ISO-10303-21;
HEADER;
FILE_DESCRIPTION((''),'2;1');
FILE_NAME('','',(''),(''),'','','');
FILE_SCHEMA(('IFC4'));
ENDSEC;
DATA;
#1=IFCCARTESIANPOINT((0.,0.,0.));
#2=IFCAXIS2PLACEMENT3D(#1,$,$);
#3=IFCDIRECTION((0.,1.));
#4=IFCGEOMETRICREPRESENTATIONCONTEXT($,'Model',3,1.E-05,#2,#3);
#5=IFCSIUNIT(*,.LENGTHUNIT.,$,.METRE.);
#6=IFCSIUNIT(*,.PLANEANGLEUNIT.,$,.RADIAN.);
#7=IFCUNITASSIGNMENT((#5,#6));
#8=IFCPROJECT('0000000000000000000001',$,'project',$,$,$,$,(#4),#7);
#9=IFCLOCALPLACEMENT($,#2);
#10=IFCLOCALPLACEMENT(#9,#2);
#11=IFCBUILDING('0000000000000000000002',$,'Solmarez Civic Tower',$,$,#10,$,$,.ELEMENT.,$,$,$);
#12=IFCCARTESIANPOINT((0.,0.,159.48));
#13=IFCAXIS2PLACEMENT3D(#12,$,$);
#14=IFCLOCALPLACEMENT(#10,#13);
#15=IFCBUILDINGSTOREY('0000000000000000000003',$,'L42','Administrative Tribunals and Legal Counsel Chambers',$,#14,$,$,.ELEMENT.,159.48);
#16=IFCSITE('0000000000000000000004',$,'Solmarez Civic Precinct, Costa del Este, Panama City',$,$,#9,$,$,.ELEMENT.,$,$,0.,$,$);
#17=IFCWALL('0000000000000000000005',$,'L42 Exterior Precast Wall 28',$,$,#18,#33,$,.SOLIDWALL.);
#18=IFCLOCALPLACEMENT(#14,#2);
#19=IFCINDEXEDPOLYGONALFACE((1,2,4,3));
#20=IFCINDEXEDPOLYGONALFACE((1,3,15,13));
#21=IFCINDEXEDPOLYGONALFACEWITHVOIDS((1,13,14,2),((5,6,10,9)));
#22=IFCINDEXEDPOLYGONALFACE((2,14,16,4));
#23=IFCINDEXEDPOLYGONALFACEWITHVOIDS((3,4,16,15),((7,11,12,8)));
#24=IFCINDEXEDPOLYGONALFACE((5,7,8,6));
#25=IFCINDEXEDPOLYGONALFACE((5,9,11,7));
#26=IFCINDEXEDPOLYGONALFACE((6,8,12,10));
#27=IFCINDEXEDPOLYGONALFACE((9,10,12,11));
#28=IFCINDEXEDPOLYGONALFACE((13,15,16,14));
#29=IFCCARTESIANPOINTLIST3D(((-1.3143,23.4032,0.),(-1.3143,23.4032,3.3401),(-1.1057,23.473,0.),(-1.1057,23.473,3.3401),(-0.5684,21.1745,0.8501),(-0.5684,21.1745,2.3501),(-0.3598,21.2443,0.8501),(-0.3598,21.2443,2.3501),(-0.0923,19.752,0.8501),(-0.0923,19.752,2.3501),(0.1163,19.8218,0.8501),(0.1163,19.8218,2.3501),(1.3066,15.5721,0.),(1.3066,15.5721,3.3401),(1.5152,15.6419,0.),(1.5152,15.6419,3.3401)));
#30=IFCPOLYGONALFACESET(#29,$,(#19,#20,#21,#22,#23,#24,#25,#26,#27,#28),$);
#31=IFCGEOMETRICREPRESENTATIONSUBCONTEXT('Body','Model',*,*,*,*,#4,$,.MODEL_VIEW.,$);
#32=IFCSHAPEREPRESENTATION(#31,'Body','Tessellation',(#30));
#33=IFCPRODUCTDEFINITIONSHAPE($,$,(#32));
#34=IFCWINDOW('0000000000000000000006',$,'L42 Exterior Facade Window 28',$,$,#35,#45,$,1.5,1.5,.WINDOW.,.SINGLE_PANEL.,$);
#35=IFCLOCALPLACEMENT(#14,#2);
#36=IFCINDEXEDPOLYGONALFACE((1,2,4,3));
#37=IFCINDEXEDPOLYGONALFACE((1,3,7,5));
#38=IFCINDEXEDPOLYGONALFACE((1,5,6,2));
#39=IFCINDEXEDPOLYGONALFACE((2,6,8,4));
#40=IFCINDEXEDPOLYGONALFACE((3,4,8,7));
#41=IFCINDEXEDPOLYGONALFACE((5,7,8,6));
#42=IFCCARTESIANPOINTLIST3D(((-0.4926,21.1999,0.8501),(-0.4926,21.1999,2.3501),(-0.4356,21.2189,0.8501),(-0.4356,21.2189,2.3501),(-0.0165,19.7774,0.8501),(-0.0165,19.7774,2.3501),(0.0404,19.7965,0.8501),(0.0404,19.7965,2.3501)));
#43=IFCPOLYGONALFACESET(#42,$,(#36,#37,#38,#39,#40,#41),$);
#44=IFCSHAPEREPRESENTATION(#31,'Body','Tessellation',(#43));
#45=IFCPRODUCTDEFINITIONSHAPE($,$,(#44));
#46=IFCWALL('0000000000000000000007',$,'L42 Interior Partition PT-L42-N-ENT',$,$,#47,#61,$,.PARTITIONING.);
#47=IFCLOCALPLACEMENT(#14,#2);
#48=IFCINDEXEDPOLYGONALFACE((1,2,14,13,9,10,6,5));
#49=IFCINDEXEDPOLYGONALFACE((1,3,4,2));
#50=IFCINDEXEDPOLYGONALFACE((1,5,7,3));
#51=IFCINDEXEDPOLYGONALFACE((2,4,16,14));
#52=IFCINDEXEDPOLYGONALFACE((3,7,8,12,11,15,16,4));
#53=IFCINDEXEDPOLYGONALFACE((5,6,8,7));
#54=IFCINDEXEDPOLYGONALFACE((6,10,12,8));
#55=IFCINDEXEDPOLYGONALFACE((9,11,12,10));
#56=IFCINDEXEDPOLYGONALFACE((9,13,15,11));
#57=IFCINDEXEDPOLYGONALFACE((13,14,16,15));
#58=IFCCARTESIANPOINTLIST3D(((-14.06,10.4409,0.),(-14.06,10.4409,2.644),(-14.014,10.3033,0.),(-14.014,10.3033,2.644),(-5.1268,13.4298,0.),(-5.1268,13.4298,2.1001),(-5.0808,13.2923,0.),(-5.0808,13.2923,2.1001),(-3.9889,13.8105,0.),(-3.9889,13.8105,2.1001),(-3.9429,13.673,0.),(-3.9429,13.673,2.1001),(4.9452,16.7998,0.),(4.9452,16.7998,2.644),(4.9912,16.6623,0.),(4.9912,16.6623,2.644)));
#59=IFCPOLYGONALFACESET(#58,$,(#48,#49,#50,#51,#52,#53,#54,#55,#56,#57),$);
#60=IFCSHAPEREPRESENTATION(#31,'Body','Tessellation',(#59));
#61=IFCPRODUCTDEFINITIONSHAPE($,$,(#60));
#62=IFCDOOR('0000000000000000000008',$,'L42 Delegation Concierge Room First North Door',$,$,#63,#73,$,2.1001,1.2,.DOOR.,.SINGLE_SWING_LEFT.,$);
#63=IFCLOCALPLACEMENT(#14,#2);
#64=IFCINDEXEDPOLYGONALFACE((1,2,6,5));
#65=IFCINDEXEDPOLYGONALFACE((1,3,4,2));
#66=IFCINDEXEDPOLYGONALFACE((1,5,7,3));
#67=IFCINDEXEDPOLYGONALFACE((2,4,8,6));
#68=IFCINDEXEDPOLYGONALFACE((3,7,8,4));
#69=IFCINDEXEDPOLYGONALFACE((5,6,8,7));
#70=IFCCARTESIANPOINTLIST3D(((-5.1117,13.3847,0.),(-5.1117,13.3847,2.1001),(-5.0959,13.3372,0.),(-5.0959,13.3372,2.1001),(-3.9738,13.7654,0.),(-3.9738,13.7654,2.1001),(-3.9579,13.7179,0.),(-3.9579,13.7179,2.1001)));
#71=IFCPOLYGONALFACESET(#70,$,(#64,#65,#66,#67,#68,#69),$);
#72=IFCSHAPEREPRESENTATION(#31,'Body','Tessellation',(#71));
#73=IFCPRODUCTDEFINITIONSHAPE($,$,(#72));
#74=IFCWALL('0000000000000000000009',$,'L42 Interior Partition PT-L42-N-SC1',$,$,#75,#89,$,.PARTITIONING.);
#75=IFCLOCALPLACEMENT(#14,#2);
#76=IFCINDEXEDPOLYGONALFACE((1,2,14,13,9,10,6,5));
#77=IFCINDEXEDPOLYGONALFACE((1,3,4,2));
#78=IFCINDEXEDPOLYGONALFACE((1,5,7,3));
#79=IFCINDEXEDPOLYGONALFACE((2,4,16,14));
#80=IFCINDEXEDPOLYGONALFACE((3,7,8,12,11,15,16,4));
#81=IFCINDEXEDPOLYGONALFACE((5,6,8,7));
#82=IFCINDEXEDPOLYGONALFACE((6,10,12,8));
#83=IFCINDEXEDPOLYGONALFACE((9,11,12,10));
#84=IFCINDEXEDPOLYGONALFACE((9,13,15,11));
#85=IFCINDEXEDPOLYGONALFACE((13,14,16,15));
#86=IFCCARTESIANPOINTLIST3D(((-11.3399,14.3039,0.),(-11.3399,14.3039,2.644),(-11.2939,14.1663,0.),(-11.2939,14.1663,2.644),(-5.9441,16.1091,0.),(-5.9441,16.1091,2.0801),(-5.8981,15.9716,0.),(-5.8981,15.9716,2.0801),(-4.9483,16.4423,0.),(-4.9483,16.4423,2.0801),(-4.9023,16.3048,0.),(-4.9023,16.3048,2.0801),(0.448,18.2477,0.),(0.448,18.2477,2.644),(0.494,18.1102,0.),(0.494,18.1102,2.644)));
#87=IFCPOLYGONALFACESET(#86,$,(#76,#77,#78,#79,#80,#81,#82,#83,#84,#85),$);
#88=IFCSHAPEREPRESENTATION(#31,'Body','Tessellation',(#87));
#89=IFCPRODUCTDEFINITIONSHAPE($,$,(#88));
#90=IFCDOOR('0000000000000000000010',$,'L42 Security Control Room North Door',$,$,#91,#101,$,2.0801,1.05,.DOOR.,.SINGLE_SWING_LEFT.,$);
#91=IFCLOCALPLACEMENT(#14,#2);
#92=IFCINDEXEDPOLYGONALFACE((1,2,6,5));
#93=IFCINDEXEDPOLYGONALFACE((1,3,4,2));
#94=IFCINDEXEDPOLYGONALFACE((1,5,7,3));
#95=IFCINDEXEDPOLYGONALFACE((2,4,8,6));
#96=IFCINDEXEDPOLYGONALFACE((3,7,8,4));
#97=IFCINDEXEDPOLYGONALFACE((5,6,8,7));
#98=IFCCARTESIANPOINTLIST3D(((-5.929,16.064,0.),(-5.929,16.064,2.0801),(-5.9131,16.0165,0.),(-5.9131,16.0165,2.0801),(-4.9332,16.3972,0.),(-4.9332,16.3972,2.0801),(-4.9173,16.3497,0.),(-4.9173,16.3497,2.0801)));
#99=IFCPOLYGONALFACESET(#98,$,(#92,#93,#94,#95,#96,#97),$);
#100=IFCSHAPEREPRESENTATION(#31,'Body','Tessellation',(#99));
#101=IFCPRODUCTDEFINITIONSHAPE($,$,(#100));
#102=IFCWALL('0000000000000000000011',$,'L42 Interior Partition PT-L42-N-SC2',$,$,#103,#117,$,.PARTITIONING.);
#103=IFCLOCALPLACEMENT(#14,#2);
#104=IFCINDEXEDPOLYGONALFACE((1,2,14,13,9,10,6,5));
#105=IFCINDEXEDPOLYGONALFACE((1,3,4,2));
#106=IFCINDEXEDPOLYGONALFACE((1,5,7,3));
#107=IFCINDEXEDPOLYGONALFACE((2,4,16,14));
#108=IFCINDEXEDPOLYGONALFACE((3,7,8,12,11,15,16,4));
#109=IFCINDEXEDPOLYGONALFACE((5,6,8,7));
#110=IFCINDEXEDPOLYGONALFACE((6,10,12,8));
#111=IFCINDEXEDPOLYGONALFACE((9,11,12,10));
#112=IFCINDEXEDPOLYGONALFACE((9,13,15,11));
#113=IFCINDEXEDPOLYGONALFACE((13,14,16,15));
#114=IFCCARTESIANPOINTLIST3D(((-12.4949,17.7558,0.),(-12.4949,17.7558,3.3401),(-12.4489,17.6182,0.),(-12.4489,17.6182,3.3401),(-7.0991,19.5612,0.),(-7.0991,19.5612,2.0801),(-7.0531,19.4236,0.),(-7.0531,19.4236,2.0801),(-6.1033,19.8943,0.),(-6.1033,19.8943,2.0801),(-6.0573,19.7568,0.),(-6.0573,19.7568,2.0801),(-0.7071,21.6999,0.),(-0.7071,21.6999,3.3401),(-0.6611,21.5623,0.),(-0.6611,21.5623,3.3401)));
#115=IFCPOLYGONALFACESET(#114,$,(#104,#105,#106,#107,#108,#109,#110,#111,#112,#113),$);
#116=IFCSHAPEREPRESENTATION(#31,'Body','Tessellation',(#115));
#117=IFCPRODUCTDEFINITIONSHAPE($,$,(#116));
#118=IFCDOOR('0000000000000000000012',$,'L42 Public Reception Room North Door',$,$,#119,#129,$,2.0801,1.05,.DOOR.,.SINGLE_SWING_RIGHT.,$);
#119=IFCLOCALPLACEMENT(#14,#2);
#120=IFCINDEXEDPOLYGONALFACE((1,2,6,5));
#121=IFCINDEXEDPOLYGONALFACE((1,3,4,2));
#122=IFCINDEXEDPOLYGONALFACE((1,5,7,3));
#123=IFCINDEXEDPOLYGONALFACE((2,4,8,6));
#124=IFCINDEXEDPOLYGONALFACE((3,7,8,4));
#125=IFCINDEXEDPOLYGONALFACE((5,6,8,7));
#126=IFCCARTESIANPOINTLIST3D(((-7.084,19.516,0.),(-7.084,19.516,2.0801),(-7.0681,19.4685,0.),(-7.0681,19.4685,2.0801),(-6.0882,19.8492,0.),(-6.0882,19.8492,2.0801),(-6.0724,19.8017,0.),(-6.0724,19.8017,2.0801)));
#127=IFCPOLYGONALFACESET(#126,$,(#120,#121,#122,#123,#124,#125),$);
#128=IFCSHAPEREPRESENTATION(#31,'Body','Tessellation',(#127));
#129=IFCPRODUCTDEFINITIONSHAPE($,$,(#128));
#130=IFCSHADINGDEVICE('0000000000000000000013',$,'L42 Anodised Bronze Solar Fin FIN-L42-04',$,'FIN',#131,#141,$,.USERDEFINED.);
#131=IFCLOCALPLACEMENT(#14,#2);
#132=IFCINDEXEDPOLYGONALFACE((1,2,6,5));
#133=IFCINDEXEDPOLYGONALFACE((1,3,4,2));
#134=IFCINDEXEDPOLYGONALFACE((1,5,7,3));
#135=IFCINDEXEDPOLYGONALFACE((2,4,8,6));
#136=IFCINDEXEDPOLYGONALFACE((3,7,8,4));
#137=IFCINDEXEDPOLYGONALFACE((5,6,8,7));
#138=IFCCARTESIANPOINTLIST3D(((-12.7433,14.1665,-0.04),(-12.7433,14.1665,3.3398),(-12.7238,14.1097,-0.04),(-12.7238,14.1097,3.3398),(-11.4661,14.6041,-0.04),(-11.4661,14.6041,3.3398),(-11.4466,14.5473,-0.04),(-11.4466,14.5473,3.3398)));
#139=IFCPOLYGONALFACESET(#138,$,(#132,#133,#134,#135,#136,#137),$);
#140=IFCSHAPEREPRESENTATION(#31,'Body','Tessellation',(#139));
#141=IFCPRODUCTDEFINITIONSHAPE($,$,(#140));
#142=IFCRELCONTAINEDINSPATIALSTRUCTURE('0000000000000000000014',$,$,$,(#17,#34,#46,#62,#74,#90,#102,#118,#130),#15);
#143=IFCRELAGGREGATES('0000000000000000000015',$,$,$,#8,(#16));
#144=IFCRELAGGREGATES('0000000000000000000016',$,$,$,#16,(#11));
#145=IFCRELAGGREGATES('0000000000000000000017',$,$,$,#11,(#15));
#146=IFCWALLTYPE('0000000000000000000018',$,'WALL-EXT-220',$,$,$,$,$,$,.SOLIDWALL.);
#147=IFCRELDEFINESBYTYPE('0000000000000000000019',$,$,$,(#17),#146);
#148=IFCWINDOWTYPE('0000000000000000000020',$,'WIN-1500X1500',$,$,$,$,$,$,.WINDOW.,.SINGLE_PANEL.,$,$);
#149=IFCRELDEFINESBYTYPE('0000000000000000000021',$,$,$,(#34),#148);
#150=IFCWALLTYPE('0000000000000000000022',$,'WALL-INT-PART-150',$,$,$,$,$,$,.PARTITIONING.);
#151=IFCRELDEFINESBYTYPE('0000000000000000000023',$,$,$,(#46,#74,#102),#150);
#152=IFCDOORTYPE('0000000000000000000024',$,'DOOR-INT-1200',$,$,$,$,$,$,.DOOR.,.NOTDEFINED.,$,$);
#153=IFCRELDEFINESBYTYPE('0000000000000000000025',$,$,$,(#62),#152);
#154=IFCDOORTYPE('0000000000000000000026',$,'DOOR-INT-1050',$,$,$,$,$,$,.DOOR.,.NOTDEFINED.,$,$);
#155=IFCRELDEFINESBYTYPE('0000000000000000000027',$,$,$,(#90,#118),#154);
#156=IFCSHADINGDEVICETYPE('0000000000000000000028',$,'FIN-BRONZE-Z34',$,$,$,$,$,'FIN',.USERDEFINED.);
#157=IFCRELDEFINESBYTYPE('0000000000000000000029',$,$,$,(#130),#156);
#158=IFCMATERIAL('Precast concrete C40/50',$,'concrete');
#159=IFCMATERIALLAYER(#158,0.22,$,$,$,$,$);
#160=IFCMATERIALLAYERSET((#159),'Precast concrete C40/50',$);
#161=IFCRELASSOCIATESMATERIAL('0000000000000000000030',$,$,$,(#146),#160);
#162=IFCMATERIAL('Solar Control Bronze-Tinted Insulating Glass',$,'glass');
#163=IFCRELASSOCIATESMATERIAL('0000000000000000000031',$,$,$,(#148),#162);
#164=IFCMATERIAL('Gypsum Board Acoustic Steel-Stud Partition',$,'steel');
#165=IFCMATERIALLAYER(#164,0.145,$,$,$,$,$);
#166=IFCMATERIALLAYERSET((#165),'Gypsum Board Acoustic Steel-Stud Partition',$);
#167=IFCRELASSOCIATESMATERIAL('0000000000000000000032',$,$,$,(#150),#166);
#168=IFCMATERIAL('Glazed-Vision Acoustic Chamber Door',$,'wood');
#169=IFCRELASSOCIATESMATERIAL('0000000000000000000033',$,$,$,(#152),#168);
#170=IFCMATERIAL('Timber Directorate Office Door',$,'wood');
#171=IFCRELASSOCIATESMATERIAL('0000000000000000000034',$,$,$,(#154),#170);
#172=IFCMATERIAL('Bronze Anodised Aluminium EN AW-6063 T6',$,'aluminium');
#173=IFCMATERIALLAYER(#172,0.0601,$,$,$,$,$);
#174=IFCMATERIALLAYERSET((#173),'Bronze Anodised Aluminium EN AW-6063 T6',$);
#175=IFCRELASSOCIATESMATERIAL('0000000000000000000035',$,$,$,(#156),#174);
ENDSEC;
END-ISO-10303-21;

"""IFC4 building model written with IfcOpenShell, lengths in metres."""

from ifc_helpers import new_model, si_unit, direction, frame, frame_2d, origin, origin_2d, place, context, subcontext, project, spatial, rectangle, extrude, material, layer, layer_set, type_object, element, fill, save


model = new_model("IFC4")

# Units and contexts
model_context = context("Model", 3, precision=1e-05, world=origin(), true_north=direction((0.0, 1.0)))
body_context = subcontext(model_context, "Body", "Model", "MODEL_VIEW")
ifc_project = project(units=[si_unit("LENGTHUNIT", "METRE"), si_unit("PLANEANGLEUNIT", "RADIAN")], contexts=[model_context])

# Site, building, storey
site_placement = place(None, origin())
site = spatial("IfcSite", under=ifc_project, at=site_placement, Name="Solmarez Civic Precinct, Costa del Este, Panama City", CompositionType="ELEMENT", RefElevation=0.0)
building_placement = place(site_placement, origin())
building = spatial("IfcBuilding", under=site, at=building_placement, Name="Solmarez Civic Tower", CompositionType="ELEMENT")
storey_placement = place(building_placement, frame((0.0, 0.0, 159.48)))
storey = spatial("IfcBuildingStorey", under=building, at=storey_placement, Name="L42", Description="Administrative Tribunals and Legal Counsel Chambers", CompositionType="ELEMENT", Elevation=159.48)

# Shared definitions
ifc_material_1 = material(Name="Precast concrete C40/50", Category="concrete")
ifc_layer_1 = layer(ifc_material_1, 0.22)
ifc_layer_set_1 = layer_set([ifc_layer_1], Name="Precast concrete C40/50")
wall_type_1 = type_object("IfcWallType", Name="WALL-EXT-220", PredefinedType="SOLIDWALL", material=ifc_layer_set_1)

# Shared definitions
ifc_material_2 = material(Name="Solar Control Bronze-Tinted Insulating Glass", Category="glass")

# Wall, opening, window
wall_1_placement = place(storey_placement, frame((-1.21, 23.438, 0.0), z_axis=(0.0, 0.0, 1.0), x_axis=(0.317372, -0.948301, 0.0)))
wall_1 = element("IfcWall", 1, at=wall_1_placement, inside=storey, type_object=wall_type_1, Name="L42 Exterior Precast Wall 28", PredefinedType="SOLIDWALL", context=body_context, shape_type="SweptSolid", body=[
    extrude(rectangle(XDim=8.2581, YDim=0.22, at=frame_2d((4.1289, 0.0))), origin(), (0.0, 0.0, 1.0), 3.3401),
])
opening_1_placement = place(wall_1_placement, frame((2.3501, 0.0, 0.8501)))
opening_1 = element("IfcOpeningElement", 2, at=opening_1_placement, cuts=wall_1, PredefinedType="OPENING", context=body_context, shape_type="SweptSolid", body=[
    extrude(rectangle(XDim=1.5, YDim=1.5, at=frame_2d((0.75, 0.75))), frame((0.0, 0.1199, 0.0), z_axis=(0.0, -1.0, 0.0), x_axis=(1.0, 0.0, 0.0)), (0.0, 0.0, 1.0), 0.24),
])
window_type_1 = type_object("IfcWindowType", Name="WIN-1500X1500", PartitioningType="SINGLE_PANEL", PredefinedType="WINDOW", material=ifc_material_2)
window_1_placement = place(opening_1_placement, origin())
window_1 = element("IfcWindow", 3, at=window_1_placement, inside=storey, type_object=window_type_1, Name="L42 Exterior Facade Window 28", OverallHeight=1.5, OverallWidth=1.5, PartitioningType="SINGLE_PANEL", PredefinedType="WINDOW", context=body_context, shape_type="SweptSolid", body=[
    extrude(rectangle(XDim=1.5, YDim=1.5, at=frame_2d((0.75, 0.75))), frame((0.0, 0.03, 0.0), z_axis=(0.0, -1.0, 0.0), x_axis=(1.0, 0.0, 0.0)), (0.0, 0.0, 1.0), 0.0601),
])
fill(opening_1, window_1)

# Walls, openings, doors
ifc_material_3 = material(Name="Gypsum Board Acoustic Steel-Stud Partition", Category="steel")
ifc_layer_2 = layer(ifc_material_3, 0.145)
ifc_layer_set_2 = layer_set([ifc_layer_2], Name="Gypsum Board Acoustic Steel-Stud Partition")
wall_type_2 = type_object("IfcWallType", Name="WALL-INT-PART-150", PredefinedType="PARTITIONING", material=ifc_layer_set_2)
wall_2_placement = place(storey_placement, frame((-14.0371, 10.3721, 0.0), z_axis=(0.0, 0.0, 1.0), x_axis=(0.948326, 0.317298, 0.0)))
wall_2 = element("IfcWall", 4, at=wall_2_placement, inside=storey, type_object=wall_type_2, Name="L42 Interior Partition PT-L42-N-ENT", PredefinedType="PARTITIONING", context=body_context, shape_type="SweptSolid", body=[
    extrude(rectangle(XDim=20.0408, YDim=0.145, at=frame_2d((10.0205, 0.0))), origin(), (0.0, 0.0, 1.0), 2.644),
])
opening_2_placement = place(wall_2_placement, frame((9.4199, 0.0, 0.0)))
opening_2 = element("IfcOpeningElement", 5, at=opening_2_placement, cuts=wall_2, PredefinedType="OPENING", context=body_context, shape_type="SweptSolid", body=[
    extrude(rectangle(XDim=1.2, YDim=2.1001, at=frame_2d((0.6001, 1.05))), frame((0.0, 0.0825, 0.0), z_axis=(0.0, -1.0, 0.0), x_axis=(1.0, 0.0, 0.0)), (0.0, 0.0, 1.0), 0.165),
])
ifc_material_4 = material(Name="Glazed-Vision Acoustic Chamber Door", Category="wood")
door_type_1 = type_object("IfcDoorType", Name="DOOR-INT-1200", OperationType="NOTDEFINED", PredefinedType="DOOR", material=ifc_material_4)
door_1_placement = place(opening_2_placement, origin())
door_1 = element("IfcDoor", 6, at=door_1_placement, inside=storey, type_object=door_type_1, Name="L42 Delegation Concierge Room First North Door", OperationType="SINGLE_SWING_LEFT", OverallHeight=2.1001, OverallWidth=1.2, PredefinedType="DOOR", context=body_context, shape_type="SweptSolid", body=[
    extrude(rectangle(XDim=1.2, YDim=2.1001, at=frame_2d((0.6001, 1.05))), frame((0.0, 0.0249, 0.0), z_axis=(0.0, -1.0, 0.0), x_axis=(1.0, 0.0, 0.0)), (0.0, 0.0, 1.0), 0.05),
])
fill(opening_2, door_1)
wall_3_placement = place(storey_placement, frame((-11.3169, 14.2351, 0.0), z_axis=(0.0, 0.0, 1.0), x_axis=(0.948331, 0.317282, 0.0)))
wall_3 = element("IfcWall", 7, at=wall_3_placement, inside=storey, type_object=wall_type_2, Name="L42 Interior Partition PT-L42-N-SC1", PredefinedType="PARTITIONING", context=body_context, shape_type="SweptSolid", body=[
    extrude(rectangle(XDim=12.4302, YDim=0.145, at=frame_2d((6.2151, 0.0))), origin(), (0.0, 0.0, 1.0), 2.644),
])
opening_3_placement = place(wall_3_placement, frame((5.6899, 0.0, 0.0)))
opening_3 = element("IfcOpeningElement", 8, at=opening_3_placement, cuts=wall_3, PredefinedType="OPENING", context=body_context, shape_type="SweptSolid", body=[
    extrude(rectangle(XDim=1.05, YDim=2.0801, at=frame_2d((0.5249, 1.04))), frame((0.0, 0.0825, 0.0), z_axis=(0.0, -1.0, 0.0), x_axis=(1.0, 0.0, 0.0)), (0.0, 0.0, 1.0), 0.165),
])
ifc_material_5 = material(Name="Timber Directorate Office Door", Category="wood")
door_type_2 = type_object("IfcDoorType", Name="DOOR-INT-1050", OperationType="NOTDEFINED", PredefinedType="DOOR", material=ifc_material_5)
door_2_placement = place(opening_3_placement, origin())
door_2 = element("IfcDoor", 9, at=door_2_placement, inside=storey, type_object=door_type_2, Name="L42 Security Control Room North Door", OperationType="SINGLE_SWING_LEFT", OverallHeight=2.0801, OverallWidth=1.05, PredefinedType="DOOR", context=body_context, shape_type="SweptSolid", body=[
    extrude(rectangle(XDim=1.05, YDim=2.0801, at=frame_2d((0.5249, 1.04))), frame((0.0, 0.0249, 0.0), z_axis=(0.0, -1.0, 0.0), x_axis=(1.0, 0.0, 0.0)), (0.0, 0.0, 1.0), 0.05),
])
fill(opening_3, door_2)
wall_4_placement = place(storey_placement, frame((-12.4719, 17.687, 0.0), z_axis=(0.0, 0.0, 1.0), x_axis=(0.948325, 0.3173, 0.0)))
wall_4 = element("IfcWall", 10, at=wall_4_placement, inside=storey, type_object=wall_type_2, Name="L42 Interior Partition PT-L42-N-SC2", PredefinedType="PARTITIONING", context=body_context, shape_type="SweptSolid", body=[
    extrude(rectangle(XDim=12.4302, YDim=0.145, at=frame_2d((6.2151, 0.0))), origin(), (0.0, 0.0, 1.0), 3.3401),
])
opening_4_placement = place(wall_4_placement, frame((5.6899, 0.0, 0.0)))
opening_4 = element("IfcOpeningElement", 11, at=opening_4_placement, cuts=wall_4, PredefinedType="OPENING", context=body_context, shape_type="SweptSolid", body=[
    extrude(rectangle(XDim=1.05, YDim=2.0801, at=frame_2d((0.5249, 1.04))), frame((0.0, 0.0825, 0.0), z_axis=(0.0, -1.0, 0.0), x_axis=(1.0, 0.0, 0.0)), (0.0, 0.0, 1.0), 0.165),
])
door_3_placement = place(opening_4_placement, origin())
door_3 = element("IfcDoor", 12, at=door_3_placement, inside=storey, type_object=door_type_2, Name="L42 Public Reception Room North Door", OperationType="SINGLE_SWING_RIGHT", OverallHeight=2.0801, OverallWidth=1.05, PredefinedType="DOOR", context=body_context, shape_type="SweptSolid", body=[
    extrude(rectangle(XDim=1.05, YDim=2.0801, at=frame_2d((0.5249, 1.04))), frame((0.0, 0.0249, 0.0), z_axis=(0.0, -1.0, 0.0), x_axis=(1.0, 0.0, 0.0)), (0.0, 0.0, 1.0), 0.05),
])
fill(opening_4, door_3)

# Shading device
ifc_material_6 = material(Name="Bronze Anodised Aluminium EN AW-6063 T6", Category="aluminium")
ifc_layer_3 = layer(ifc_material_6, 0.0601)
ifc_layer_set_3 = layer_set([ifc_layer_3], Name="Bronze Anodised Aluminium EN AW-6063 T6")
shading_device_type = type_object("IfcShadingDeviceType", Name="FIN-BRONZE-Z34", ElementType="FIN", PredefinedType="USERDEFINED", material=ifc_layer_set_3)
shading_device_placement = place(storey_placement, frame((-12.095, 14.3569, -0.04), z_axis=(0.0, 0.0, 1.0), x_axis=(-0.946017, -0.324116, 0.0)))
element("IfcShadingDevice", 13, at=shading_device_placement, inside=storey, type_object=shading_device_type, Name="L42 Anodised Bronze Solar Fin FIN-L42-04", ObjectType="FIN", PredefinedType="USERDEFINED", context=body_context, shape_type="SweptSolid", body=[
    extrude(rectangle(XDim=1.3501, YDim=0.0601, at=origin_2d()), origin(), (0.0, 0.0, 1.0), 3.3799),
])

save(model, "model.ifc")
